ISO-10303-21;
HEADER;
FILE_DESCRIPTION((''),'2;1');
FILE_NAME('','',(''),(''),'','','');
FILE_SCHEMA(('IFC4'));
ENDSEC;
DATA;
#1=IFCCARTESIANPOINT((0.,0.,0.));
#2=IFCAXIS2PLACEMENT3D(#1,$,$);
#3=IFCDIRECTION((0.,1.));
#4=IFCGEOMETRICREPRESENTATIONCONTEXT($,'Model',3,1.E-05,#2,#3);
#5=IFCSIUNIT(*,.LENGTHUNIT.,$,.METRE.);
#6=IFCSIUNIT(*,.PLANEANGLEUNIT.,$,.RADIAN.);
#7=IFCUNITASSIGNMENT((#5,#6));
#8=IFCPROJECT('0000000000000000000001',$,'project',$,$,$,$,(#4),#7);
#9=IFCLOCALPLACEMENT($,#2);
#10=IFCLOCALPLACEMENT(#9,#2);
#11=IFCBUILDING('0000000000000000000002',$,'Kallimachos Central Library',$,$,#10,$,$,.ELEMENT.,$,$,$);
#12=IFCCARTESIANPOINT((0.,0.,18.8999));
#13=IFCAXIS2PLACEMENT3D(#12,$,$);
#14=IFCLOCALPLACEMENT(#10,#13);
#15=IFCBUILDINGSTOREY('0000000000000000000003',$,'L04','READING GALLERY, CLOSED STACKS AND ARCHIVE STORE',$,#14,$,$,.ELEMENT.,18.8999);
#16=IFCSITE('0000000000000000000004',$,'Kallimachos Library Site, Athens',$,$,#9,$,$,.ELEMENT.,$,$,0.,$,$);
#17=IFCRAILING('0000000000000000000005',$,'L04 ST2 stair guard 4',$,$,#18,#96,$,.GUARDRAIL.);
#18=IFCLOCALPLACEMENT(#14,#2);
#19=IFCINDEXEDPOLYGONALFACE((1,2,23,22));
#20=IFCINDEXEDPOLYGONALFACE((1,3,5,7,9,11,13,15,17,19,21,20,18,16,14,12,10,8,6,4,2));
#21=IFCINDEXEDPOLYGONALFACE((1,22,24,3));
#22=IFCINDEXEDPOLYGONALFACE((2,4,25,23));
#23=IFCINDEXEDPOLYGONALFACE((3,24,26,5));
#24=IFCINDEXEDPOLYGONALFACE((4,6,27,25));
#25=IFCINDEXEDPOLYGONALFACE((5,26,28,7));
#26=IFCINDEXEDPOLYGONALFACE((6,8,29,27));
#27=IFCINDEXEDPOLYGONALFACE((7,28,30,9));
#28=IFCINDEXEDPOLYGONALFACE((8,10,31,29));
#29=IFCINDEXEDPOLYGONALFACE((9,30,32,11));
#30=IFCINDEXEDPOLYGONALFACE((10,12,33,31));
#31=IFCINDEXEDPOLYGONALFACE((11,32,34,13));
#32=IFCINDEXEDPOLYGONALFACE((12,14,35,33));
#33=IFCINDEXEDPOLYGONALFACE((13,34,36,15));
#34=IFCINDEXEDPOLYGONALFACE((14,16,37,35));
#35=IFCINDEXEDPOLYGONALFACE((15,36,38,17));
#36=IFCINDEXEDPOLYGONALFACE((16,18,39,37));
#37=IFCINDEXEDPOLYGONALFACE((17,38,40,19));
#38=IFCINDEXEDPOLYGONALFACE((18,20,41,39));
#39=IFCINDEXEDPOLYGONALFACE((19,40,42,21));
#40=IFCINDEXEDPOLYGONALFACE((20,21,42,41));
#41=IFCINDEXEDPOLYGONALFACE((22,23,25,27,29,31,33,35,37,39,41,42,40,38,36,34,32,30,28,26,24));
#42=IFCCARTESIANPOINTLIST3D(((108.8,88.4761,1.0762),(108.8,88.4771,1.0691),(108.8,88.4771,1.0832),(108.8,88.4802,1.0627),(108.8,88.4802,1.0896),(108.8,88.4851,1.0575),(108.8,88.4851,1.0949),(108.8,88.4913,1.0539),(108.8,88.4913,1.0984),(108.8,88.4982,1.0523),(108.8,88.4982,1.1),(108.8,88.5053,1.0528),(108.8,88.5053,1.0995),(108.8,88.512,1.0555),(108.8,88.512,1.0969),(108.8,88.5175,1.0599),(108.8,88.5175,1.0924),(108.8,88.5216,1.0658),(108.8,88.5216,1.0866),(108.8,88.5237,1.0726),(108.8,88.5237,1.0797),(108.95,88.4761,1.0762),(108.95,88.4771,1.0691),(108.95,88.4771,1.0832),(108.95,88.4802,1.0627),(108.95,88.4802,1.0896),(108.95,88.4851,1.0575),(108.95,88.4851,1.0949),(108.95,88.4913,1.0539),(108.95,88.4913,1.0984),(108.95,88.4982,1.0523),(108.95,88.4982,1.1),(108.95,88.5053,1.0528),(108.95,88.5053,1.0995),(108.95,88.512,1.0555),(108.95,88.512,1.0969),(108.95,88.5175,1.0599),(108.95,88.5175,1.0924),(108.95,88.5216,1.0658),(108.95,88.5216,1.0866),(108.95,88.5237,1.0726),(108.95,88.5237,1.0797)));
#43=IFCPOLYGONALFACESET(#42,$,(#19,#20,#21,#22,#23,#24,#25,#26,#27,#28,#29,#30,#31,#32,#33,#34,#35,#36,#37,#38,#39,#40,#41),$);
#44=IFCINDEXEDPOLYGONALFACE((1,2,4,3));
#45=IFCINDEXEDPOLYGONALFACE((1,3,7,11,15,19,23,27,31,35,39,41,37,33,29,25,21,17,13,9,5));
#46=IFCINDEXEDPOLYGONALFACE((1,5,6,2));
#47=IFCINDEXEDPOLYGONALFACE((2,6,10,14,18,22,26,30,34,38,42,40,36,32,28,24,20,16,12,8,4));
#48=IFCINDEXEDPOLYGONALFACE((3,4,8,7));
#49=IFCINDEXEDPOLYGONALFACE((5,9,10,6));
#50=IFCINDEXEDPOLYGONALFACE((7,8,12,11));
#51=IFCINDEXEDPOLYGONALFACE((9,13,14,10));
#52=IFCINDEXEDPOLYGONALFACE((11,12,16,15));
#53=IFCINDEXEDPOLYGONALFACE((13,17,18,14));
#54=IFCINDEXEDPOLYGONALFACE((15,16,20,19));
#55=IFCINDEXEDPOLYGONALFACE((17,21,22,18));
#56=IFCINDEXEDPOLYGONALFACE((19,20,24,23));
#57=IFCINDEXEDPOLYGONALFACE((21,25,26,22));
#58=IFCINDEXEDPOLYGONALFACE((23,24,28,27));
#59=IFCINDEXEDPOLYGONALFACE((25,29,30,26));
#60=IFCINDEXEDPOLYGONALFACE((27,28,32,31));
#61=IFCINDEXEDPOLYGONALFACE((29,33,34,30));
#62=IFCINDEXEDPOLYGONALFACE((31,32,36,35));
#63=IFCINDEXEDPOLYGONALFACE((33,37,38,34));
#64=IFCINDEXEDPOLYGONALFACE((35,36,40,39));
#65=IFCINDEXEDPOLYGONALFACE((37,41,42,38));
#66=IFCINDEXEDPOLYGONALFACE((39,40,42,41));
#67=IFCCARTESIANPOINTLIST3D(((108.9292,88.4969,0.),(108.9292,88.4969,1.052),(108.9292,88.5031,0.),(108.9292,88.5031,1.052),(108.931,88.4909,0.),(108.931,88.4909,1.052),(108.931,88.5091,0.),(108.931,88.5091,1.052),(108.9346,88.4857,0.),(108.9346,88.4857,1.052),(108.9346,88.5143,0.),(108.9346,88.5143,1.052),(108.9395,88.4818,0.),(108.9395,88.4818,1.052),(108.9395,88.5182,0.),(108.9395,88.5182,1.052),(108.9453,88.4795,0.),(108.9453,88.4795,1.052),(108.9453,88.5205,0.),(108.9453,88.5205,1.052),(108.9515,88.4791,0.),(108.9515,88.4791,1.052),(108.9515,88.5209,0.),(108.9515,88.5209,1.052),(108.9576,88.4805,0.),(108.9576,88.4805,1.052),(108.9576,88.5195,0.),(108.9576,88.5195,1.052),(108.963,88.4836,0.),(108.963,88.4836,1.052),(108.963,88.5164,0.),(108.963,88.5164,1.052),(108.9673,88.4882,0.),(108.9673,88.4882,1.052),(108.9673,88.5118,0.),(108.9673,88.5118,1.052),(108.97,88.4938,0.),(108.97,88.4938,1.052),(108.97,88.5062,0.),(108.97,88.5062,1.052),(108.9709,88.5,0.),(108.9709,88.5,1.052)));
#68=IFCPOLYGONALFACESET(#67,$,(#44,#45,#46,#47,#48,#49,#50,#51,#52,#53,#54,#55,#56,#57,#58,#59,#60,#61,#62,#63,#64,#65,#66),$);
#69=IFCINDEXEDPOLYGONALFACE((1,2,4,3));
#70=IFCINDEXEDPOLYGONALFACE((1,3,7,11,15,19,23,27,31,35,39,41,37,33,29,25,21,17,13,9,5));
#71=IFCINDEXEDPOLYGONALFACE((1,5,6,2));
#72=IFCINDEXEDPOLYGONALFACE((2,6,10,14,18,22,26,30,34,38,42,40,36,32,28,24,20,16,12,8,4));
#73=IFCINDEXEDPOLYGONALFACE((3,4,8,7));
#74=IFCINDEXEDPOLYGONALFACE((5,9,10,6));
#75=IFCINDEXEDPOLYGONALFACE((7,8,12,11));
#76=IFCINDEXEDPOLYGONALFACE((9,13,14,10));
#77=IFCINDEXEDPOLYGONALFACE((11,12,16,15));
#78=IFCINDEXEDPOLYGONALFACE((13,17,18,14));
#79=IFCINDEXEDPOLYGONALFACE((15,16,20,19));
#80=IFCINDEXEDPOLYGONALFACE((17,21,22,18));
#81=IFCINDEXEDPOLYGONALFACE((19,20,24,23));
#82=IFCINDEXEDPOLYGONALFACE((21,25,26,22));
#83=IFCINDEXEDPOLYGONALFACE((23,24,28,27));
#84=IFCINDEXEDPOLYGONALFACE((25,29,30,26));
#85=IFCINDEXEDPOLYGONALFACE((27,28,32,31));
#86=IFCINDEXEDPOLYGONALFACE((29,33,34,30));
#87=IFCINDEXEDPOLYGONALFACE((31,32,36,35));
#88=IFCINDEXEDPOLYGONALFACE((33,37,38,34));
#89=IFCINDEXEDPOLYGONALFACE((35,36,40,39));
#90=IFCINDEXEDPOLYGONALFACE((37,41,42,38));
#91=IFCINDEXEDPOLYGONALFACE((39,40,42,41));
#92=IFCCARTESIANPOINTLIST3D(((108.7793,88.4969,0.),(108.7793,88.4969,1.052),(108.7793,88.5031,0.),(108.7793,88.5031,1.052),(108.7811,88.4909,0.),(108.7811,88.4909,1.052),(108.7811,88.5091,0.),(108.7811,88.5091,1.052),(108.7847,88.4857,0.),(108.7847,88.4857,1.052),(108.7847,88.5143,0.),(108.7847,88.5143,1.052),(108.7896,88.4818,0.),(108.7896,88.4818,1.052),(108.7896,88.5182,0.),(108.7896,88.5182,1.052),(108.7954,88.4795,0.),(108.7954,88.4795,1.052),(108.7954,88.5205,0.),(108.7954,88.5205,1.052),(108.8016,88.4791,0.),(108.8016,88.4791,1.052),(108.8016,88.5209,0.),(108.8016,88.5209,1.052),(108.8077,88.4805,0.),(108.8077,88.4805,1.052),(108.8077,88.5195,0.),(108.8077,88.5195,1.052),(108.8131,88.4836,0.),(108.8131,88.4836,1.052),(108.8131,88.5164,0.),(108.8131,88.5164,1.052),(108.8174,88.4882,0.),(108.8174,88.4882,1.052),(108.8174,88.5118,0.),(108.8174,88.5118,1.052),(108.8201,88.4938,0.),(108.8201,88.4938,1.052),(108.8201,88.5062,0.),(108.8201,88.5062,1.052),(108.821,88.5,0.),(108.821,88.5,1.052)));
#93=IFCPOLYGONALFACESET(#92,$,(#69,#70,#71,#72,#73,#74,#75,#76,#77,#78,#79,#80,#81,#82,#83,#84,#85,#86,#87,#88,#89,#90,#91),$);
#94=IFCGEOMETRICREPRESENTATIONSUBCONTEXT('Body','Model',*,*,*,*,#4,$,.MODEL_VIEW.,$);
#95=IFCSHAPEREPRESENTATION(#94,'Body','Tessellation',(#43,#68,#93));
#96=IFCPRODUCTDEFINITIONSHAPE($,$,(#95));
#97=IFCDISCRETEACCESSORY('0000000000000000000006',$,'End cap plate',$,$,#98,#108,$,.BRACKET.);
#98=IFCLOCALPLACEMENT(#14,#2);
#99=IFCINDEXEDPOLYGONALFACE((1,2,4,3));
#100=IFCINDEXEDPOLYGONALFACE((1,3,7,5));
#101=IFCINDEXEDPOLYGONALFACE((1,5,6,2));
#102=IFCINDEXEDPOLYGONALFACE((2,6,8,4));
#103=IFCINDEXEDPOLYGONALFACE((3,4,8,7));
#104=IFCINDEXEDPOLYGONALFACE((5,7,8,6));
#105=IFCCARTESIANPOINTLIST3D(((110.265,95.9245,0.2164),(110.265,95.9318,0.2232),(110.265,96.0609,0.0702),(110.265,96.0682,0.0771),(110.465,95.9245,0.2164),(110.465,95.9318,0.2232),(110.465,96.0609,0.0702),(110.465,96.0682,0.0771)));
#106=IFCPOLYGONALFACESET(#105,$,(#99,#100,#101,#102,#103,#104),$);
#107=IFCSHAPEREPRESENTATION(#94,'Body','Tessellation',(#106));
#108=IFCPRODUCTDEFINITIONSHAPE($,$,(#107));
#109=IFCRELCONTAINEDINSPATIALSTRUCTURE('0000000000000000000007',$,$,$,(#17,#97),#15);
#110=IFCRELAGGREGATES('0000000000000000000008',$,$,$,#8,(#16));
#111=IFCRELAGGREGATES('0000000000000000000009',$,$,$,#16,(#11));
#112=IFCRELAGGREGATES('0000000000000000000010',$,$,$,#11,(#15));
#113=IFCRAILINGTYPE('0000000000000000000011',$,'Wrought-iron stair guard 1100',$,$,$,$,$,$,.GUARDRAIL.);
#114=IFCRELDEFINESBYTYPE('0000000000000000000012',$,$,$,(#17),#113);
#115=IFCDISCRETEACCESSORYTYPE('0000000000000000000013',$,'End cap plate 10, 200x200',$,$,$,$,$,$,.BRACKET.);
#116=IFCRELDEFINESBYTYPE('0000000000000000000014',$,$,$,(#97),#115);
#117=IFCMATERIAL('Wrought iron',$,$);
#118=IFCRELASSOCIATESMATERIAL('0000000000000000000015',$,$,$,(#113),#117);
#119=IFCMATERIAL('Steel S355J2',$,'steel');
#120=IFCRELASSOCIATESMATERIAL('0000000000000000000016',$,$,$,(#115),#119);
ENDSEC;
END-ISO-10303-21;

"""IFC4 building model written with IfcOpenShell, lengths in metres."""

from ifc_helpers import new_model, si_unit, direction, frame, origin, origin_2d, place, context, subcontext, project, spatial, rectangle, circle, extrude, material, material_profile, profile_set, type_object, element, save


model = new_model("IFC4")

# Units and contexts
model_context = context("Model", 3, precision=1e-05, world=origin(), true_north=direction((0.0, 1.0)))
body_context = subcontext(model_context, "Body", "Model", "MODEL_VIEW")
ifc_project = project(units=[si_unit("LENGTHUNIT", "METRE"), si_unit("PLANEANGLEUNIT", "RADIAN")], contexts=[model_context])

# Site, building, storey
site_placement = place(None, origin())
site = spatial("IfcSite", under=ifc_project, at=site_placement, Name="Kallimachos Library Site, Athens", CompositionType="ELEMENT", RefElevation=0.0)
building_placement = place(site_placement, origin())
building = spatial("IfcBuilding", under=site, at=building_placement, Name="Kallimachos Central Library", CompositionType="ELEMENT")
storey_placement = place(building_placement, frame((0.0, 0.0, 18.8999)))
storey = spatial("IfcBuildingStorey", under=building, at=storey_placement, Name="L04", Description="READING GALLERY, CLOSED STACKS AND ARCHIVE STORE", CompositionType="ELEMENT", Elevation=18.8999)

# Railing
ifc_material_1 = material(Name="Wrought iron")
railing_type_1 = type_object("IfcRailingType", Name="Wrought-iron stair guard 1100", PredefinedType="GUARDRAIL", material=ifc_material_1)
railing_1_placement = place(storey_placement, frame((108.95, 88.5, 0.0)))
element("IfcRailing", 1, at=railing_1_placement, inside=storey, type_object=railing_type_1, Name="L04 ST2 stair guard 4", PredefinedType="GUARDRAIL", context=body_context, shape_type="SweptSolid", body=[
    extrude(circle(Radius=0.0239, at=origin_2d()), frame((0.0, 0.0, 1.0762), z_axis=(-1.0, 0.0, 0.0), x_axis=(0.0, -1.0, 0.0)), (0.0, 0.0, 1.0), 0.1499),
    extrude(circle(Radius=0.021, at=origin_2d()), origin(), (0.0, 0.0, 1.0), 1.052),
    extrude(circle(Radius=0.021, at=origin_2d()), frame((-0.1499, 0.0, 0.0)), (0.0, 0.0, 1.0), 1.052),
])

# Discrete accessory
ifc_material_2 = material(Name="Steel S355J2", Category="steel")
ifc_material_profile_1 = material_profile(ifc_material_2, rectangle(XDim=0.2, YDim=0.2, at=origin_2d()), Name="End cap plate 10, 200x200")
ifc_profile_set_1 = profile_set([ifc_material_profile_1], Name="Steel S355J2")
discrete_accessory_type = type_object("IfcDiscreteAccessoryType", Name="End cap plate 10, 200x200", PredefinedType="BRACKET", material=ifc_profile_set_1)
discrete_accessory_placement = place(storey_placement, frame((110.365, 95.9927, 0.1433), z_axis=(0.0, 0.731055, 0.682318), x_axis=(-1.0, 0.0, 0.0)))
element("IfcDiscreteAccessory", 2, at=discrete_accessory_placement, inside=storey, type_object=discrete_accessory_type, Name="End cap plate", PredefinedType="BRACKET", context=body_context, shape_type="SweptSolid", body=[
    extrude(rectangle(XDim=0.2, YDim=0.2, at=origin_2d()), origin(), (0.0, 0.0, 1.0), 0.01),
])

save(model, "model.ifc")
